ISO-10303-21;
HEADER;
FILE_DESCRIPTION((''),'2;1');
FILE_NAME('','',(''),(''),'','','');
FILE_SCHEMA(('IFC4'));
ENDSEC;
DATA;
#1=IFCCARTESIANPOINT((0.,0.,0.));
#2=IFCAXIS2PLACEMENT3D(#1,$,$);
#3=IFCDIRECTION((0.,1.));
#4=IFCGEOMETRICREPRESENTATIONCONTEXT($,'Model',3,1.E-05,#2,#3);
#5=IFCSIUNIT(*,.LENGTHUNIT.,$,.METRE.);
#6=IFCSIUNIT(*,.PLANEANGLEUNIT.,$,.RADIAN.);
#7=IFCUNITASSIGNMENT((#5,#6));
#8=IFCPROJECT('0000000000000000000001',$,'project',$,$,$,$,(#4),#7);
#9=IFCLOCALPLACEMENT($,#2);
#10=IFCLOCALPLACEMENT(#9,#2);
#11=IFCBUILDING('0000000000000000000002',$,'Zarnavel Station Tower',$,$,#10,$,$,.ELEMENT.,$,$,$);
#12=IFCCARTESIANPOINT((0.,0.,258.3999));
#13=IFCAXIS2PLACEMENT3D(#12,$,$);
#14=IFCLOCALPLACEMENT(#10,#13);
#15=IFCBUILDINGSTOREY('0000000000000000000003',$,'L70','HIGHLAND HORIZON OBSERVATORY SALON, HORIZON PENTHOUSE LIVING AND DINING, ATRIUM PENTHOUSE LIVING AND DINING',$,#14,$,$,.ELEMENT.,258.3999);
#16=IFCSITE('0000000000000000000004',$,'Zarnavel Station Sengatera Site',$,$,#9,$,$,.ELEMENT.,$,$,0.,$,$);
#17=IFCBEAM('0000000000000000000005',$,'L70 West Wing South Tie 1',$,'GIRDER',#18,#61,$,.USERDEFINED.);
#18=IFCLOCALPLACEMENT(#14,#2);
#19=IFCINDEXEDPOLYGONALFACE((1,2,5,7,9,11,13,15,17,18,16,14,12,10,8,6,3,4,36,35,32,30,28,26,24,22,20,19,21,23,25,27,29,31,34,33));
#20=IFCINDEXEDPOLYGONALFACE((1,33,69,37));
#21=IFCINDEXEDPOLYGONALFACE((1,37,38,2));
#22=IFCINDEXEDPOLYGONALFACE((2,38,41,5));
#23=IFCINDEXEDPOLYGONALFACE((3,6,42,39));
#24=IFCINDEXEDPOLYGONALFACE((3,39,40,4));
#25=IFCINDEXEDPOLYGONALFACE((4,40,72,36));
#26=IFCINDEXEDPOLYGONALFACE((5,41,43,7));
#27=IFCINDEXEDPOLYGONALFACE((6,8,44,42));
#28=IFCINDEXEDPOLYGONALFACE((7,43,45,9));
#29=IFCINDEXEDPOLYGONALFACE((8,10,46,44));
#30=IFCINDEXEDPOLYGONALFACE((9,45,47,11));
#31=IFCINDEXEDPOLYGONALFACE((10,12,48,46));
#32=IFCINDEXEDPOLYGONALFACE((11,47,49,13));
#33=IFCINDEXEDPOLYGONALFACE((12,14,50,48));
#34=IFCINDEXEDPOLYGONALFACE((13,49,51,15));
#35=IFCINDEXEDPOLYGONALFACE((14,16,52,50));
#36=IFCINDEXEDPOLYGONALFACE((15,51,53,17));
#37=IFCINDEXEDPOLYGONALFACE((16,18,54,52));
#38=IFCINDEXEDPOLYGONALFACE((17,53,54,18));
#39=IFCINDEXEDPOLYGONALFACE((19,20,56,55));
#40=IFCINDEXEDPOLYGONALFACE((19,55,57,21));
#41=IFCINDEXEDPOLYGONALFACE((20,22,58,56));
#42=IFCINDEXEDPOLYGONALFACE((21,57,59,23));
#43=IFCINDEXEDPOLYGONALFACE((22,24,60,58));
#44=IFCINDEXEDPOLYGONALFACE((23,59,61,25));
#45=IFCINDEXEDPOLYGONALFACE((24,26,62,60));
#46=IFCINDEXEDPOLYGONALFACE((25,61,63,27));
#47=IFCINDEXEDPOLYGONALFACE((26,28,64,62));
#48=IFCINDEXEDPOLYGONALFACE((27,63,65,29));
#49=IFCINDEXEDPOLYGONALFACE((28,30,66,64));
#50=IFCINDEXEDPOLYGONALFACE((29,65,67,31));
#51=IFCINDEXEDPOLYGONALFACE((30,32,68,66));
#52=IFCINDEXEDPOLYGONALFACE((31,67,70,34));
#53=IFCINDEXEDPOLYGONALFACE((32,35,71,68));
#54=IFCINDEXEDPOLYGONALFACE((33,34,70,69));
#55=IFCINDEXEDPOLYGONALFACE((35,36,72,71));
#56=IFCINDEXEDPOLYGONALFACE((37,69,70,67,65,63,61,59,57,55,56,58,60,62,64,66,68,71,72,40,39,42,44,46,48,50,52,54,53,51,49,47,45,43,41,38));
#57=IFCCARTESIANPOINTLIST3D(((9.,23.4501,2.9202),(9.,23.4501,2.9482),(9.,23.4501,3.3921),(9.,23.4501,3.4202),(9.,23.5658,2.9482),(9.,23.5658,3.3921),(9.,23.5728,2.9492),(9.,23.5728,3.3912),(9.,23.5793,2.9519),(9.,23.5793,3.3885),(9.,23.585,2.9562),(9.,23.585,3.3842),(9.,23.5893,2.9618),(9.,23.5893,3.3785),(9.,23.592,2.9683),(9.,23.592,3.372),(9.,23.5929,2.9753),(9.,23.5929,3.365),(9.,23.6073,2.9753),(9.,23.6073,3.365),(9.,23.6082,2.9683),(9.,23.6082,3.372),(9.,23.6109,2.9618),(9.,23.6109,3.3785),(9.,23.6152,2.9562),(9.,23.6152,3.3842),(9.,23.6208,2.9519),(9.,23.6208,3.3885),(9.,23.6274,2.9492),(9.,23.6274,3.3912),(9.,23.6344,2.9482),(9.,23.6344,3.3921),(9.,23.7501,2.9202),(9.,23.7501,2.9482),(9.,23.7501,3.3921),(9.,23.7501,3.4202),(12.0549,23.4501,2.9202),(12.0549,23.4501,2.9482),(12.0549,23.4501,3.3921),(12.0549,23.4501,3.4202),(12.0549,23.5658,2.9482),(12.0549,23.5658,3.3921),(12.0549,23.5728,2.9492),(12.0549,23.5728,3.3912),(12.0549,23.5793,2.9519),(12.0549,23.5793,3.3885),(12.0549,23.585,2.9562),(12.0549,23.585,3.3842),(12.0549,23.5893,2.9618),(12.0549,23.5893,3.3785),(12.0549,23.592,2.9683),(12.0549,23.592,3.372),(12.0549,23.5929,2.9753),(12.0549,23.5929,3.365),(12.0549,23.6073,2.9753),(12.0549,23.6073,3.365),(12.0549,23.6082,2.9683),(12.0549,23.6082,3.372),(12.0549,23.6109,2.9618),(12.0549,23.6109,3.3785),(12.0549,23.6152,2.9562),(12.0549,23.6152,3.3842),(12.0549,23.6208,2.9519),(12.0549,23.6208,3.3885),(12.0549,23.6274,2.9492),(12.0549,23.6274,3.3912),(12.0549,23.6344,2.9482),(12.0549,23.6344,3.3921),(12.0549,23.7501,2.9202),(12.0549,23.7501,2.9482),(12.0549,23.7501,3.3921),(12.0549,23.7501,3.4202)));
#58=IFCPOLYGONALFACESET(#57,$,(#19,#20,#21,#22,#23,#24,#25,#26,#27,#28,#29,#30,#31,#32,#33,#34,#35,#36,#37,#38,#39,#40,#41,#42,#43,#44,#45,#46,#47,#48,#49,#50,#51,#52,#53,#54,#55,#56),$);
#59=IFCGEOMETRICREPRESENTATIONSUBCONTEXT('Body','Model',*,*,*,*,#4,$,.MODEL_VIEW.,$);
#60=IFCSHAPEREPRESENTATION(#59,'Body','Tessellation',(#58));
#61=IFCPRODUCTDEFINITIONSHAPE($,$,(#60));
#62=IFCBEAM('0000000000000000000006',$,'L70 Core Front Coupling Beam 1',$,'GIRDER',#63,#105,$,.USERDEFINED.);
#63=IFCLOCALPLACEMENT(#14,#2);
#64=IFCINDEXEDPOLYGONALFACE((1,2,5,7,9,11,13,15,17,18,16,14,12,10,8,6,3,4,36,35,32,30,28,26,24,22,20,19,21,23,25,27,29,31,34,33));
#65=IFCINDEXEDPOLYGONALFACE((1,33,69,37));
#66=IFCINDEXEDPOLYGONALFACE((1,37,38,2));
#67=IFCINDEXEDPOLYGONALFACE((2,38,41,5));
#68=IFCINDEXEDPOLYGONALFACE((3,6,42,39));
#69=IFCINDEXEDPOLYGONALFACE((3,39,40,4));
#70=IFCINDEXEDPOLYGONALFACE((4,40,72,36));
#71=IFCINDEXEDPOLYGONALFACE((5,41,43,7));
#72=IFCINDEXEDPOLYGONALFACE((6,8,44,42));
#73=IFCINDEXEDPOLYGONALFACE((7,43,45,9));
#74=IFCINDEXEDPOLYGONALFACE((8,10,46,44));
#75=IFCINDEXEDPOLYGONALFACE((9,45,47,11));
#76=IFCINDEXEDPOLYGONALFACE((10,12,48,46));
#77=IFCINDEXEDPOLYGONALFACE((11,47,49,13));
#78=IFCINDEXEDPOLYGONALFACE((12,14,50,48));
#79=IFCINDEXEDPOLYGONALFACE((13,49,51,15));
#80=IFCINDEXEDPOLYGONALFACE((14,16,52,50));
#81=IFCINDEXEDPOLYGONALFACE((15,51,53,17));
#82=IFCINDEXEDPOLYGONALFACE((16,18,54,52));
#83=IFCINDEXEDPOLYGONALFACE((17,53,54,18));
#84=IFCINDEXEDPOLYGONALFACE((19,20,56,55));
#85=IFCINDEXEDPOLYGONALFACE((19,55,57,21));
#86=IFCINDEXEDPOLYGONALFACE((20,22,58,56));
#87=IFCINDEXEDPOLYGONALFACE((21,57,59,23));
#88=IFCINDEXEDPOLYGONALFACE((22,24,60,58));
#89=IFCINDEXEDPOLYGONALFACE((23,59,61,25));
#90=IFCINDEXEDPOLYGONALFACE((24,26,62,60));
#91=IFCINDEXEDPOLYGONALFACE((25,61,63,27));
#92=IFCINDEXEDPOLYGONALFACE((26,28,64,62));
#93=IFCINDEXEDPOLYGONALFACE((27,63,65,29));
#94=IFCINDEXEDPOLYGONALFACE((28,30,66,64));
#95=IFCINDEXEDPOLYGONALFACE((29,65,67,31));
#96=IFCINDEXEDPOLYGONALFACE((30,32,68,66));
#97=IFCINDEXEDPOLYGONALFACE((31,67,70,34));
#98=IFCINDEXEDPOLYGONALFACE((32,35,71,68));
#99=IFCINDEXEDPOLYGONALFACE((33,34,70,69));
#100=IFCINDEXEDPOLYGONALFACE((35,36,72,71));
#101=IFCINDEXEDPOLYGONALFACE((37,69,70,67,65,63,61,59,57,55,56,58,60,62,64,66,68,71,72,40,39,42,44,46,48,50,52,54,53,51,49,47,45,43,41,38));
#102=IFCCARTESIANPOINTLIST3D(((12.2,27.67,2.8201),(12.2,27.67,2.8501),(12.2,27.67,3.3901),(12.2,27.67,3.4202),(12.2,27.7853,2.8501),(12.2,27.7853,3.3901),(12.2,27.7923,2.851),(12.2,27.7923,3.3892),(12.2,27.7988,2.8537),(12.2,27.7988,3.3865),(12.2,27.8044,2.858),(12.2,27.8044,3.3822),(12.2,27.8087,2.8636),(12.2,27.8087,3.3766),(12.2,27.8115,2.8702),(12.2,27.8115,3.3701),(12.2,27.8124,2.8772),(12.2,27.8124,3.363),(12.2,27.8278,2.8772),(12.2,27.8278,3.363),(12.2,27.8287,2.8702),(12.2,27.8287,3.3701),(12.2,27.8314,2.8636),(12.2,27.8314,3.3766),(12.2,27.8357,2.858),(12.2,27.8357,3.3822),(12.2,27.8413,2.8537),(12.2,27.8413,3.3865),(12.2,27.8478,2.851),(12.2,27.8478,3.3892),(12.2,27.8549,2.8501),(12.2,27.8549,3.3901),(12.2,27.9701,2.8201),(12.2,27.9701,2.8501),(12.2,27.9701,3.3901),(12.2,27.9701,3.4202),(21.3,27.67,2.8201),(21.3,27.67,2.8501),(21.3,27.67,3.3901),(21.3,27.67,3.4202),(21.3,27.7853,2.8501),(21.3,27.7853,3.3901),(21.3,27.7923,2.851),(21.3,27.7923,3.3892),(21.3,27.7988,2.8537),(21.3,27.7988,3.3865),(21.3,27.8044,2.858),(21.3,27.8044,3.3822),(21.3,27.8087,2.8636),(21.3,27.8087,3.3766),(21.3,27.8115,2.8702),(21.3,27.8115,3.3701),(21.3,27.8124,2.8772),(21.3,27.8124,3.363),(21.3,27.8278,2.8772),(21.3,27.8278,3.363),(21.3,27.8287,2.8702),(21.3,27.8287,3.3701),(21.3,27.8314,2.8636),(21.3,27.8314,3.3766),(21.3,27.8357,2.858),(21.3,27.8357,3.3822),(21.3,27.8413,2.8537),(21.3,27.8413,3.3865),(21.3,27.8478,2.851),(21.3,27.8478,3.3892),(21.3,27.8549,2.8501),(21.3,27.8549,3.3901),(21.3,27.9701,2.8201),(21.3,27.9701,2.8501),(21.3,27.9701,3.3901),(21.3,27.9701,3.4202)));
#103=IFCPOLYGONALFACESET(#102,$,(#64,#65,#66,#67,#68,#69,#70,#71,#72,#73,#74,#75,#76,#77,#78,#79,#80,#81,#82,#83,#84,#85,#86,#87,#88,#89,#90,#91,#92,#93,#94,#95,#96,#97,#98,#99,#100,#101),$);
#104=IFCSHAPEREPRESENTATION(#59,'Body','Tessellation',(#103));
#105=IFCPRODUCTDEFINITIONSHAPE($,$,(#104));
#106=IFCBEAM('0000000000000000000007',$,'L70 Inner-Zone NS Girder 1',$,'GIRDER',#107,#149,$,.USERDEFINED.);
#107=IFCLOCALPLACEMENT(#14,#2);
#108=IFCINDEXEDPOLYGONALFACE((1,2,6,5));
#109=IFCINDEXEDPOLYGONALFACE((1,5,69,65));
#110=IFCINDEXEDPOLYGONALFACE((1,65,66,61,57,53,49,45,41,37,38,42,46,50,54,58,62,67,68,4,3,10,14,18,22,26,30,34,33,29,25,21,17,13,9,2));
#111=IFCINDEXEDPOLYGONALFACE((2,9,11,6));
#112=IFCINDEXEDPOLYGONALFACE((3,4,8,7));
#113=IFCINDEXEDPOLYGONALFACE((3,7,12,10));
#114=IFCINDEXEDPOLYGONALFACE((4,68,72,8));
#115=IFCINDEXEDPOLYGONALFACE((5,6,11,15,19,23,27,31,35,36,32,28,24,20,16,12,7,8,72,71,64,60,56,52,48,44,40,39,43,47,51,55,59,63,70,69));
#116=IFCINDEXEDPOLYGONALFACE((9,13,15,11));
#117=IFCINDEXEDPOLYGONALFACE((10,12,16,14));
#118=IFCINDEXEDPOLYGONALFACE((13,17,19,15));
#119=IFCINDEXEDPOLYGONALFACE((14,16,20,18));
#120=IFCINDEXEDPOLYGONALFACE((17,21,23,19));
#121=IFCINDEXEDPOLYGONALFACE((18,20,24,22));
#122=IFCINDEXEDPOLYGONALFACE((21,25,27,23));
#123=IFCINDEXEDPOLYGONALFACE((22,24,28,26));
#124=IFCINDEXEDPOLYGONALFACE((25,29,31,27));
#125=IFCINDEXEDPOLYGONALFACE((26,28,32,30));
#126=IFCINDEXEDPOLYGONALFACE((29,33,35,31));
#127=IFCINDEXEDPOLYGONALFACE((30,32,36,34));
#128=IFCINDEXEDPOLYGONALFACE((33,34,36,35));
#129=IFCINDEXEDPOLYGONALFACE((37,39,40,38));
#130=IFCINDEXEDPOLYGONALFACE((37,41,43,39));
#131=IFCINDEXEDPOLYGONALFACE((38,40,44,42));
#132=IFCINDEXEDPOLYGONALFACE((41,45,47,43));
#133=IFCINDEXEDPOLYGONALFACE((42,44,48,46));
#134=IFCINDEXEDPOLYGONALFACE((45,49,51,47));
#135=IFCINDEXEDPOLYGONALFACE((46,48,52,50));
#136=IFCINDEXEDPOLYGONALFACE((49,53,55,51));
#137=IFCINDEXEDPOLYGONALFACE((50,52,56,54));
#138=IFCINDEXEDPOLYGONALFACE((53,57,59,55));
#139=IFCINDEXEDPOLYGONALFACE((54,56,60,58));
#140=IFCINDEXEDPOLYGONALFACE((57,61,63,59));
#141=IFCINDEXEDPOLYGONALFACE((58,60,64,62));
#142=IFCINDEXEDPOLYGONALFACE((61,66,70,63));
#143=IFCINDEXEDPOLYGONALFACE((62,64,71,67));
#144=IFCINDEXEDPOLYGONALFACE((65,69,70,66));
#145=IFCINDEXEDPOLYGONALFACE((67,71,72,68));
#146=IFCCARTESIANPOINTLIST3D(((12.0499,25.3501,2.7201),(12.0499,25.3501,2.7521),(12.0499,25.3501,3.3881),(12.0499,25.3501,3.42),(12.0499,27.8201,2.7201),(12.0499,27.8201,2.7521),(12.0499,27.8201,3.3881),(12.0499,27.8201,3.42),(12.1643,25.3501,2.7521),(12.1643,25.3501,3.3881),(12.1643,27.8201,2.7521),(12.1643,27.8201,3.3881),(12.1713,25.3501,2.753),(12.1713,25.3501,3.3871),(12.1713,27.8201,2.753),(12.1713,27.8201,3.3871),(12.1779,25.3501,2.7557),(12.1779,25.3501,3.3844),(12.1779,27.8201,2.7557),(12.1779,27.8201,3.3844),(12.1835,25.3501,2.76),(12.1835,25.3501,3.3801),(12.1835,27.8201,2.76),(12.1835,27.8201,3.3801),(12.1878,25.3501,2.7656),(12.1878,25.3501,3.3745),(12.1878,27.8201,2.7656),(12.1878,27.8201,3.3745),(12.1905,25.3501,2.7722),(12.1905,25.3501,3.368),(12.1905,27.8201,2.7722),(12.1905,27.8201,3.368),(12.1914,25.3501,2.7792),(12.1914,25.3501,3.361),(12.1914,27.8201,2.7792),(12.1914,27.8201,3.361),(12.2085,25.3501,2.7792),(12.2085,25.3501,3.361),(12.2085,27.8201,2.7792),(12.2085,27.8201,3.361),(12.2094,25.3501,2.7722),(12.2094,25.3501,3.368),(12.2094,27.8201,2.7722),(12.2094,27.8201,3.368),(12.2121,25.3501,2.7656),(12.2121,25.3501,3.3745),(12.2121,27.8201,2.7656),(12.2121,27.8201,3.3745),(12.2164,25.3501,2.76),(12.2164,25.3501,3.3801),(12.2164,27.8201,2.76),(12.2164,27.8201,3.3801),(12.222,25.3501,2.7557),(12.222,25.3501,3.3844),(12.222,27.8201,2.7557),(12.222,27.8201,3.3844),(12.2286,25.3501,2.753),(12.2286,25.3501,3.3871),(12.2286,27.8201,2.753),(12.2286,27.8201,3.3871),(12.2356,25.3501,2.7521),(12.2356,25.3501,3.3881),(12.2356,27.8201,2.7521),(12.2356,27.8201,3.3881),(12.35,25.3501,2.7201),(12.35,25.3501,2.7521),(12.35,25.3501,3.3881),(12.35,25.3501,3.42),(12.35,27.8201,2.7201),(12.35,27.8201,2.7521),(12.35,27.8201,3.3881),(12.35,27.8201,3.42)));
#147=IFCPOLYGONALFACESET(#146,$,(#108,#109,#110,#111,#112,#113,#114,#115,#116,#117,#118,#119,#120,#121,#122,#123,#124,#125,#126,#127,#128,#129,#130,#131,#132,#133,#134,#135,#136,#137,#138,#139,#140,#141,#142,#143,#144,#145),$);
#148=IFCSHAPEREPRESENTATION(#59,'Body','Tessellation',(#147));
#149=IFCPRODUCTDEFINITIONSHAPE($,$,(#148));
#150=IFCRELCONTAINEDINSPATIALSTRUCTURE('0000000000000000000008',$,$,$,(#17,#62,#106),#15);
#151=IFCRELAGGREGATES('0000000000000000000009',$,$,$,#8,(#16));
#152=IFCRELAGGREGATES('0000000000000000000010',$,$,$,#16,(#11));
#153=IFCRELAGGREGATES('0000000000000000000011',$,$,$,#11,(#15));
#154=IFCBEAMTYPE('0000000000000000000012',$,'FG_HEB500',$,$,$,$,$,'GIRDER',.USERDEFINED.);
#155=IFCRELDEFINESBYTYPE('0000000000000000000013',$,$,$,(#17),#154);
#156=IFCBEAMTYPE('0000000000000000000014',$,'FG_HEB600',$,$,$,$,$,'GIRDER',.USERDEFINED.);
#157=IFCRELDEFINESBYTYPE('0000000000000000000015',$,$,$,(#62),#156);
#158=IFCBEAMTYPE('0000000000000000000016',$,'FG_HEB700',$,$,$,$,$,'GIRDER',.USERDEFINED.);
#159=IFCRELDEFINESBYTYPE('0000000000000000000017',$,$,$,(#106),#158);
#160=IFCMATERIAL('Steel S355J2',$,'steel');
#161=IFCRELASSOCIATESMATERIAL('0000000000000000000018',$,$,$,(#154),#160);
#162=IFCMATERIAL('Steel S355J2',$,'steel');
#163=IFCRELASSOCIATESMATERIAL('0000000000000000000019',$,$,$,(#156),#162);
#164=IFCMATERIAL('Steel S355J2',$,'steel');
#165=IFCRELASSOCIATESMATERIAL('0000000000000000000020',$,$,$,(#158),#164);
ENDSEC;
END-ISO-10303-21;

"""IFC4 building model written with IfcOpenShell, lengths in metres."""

from ifc_helpers import new_model, si_unit, direction, frame, origin, origin_2d, place, context, subcontext, project, spatial, i_section, extrude, material, material_profile, profile_set, type_object, element, save


model = new_model("IFC4")

# Units and contexts
model_context = context("Model", 3, precision=1e-05, world=origin(), true_north=direction((0.0, 1.0)))
body_context = subcontext(model_context, "Body", "Model", "MODEL_VIEW")
ifc_project = project(units=[si_unit("LENGTHUNIT", "METRE"), si_unit("PLANEANGLEUNIT", "RADIAN")], contexts=[model_context])

# Site, building, storey
site_placement = place(None, origin())
site = spatial("IfcSite", under=ifc_project, at=site_placement, Name="Zarnavel Station Sengatera Site", CompositionType="ELEMENT", RefElevation=0.0)
building_placement = place(site_placement, origin())
building = spatial("IfcBuilding", under=site, at=building_placement, Name="Zarnavel Station Tower", CompositionType="ELEMENT")
storey_placement = place(building_placement, frame((0.0, 0.0, 258.3999)))
storey = spatial("IfcBuildingStorey", under=building, at=storey_placement, Name="L70", Description="HIGHLAND HORIZON OBSERVATORY SALON, HORIZON PENTHOUSE LIVING AND DINING, ATRIUM PENTHOUSE LIVING AND DINING", CompositionType="ELEMENT", Elevation=258.3999)

# Beams
ifc_material_1 = material(Name="Steel S355J2", Category="steel")
ifc_material_profile_1 = material_profile(ifc_material_1, i_section(OverallWidth=0.3, OverallDepth=0.5, WebThickness=0.0144, FlangeThickness=0.0281, FilletRadius=0.0271, at=origin_2d()), Name="HEB500")
ifc_profile_set_1 = profile_set([ifc_material_profile_1], Name="Steel S355J2")
beam_type_1 = type_object("IfcBeamType", Name="FG_HEB500", ElementType="GIRDER", PredefinedType="USERDEFINED", material=ifc_profile_set_1)
beam_1_placement = place(storey_placement, frame((9.0, 23.6001, 3.1702), z_axis=(1.0, 0.0, 0.0), x_axis=(0.0, 1.0, 0.0)))
element("IfcBeam", 1, at=beam_1_placement, inside=storey, type_object=beam_type_1, Name="L70 West Wing South Tie 1", ObjectType="GIRDER", PredefinedType="USERDEFINED", context=body_context, shape_type="SweptSolid", body=[
    extrude(i_section(OverallWidth=0.3, OverallDepth=0.5, WebThickness=0.0144, FlangeThickness=0.0281, FilletRadius=0.0271, at=origin_2d()), origin(), (0.0, 0.0, 1.0), 3.0549),
])
ifc_material_2 = material(Name="Steel S355J2", Category="steel")
ifc_material_profile_2 = material_profile(ifc_material_2, i_section(OverallWidth=0.3, OverallDepth=0.6001, WebThickness=0.0154, FlangeThickness=0.03, FilletRadius=0.0271, at=origin_2d()), Name="HEB600")
ifc_profile_set_2 = profile_set([ifc_material_profile_2], Name="Steel S355J2")
beam_type_2 = type_object("IfcBeamType", Name="FG_HEB600", ElementType="GIRDER", PredefinedType="USERDEFINED", material=ifc_profile_set_2)
beam_2_placement = place(storey_placement, frame((12.2, 27.8201, 3.1201), z_axis=(1.0, 0.0, 0.0), x_axis=(0.0, 1.0, 0.0)))
element("IfcBeam", 2, at=beam_2_placement, inside=storey, type_object=beam_type_2, Name="L70 Core Front Coupling Beam 1", ObjectType="GIRDER", PredefinedType="USERDEFINED", context=body_context, shape_type="SweptSolid", body=[
    extrude(i_section(OverallWidth=0.3, OverallDepth=0.6001, WebThickness=0.0154, FlangeThickness=0.03, FilletRadius=0.0271, at=origin_2d()), origin(), (0.0, 0.0, 1.0), 9.1001),
])
ifc_material_3 = material(Name="Steel S355J2", Category="steel")
ifc_material_profile_3 = material_profile(ifc_material_3, i_section(OverallWidth=0.3, OverallDepth=0.7, WebThickness=0.0171, FlangeThickness=0.032, FilletRadius=0.0271, at=origin_2d()), Name="HEB700")
ifc_profile_set_3 = profile_set([ifc_material_profile_3], Name="Steel S355J2")
beam_type_3 = type_object("IfcBeamType", Name="FG_HEB700", ElementType="GIRDER", PredefinedType="USERDEFINED", material=ifc_profile_set_3)
beam_3_placement = place(storey_placement, frame((12.2, 25.3501, 3.0701), z_axis=(0.0, 1.0, 0.0), x_axis=(-1.0, 0.0, 0.0)))
element("IfcBeam", 3, at=beam_3_placement, inside=storey, type_object=beam_type_3, Name="L70 Inner-Zone NS Girder 1", ObjectType="GIRDER", PredefinedType="USERDEFINED", context=body_context, shape_type="SweptSolid", body=[
    extrude(i_section(OverallWidth=0.3, OverallDepth=0.7, WebThickness=0.0171, FlangeThickness=0.032, FilletRadius=0.0271, at=origin_2d()), origin(), (0.0, 0.0, 1.0), 2.47),
])

save(model, "model.ifc")
